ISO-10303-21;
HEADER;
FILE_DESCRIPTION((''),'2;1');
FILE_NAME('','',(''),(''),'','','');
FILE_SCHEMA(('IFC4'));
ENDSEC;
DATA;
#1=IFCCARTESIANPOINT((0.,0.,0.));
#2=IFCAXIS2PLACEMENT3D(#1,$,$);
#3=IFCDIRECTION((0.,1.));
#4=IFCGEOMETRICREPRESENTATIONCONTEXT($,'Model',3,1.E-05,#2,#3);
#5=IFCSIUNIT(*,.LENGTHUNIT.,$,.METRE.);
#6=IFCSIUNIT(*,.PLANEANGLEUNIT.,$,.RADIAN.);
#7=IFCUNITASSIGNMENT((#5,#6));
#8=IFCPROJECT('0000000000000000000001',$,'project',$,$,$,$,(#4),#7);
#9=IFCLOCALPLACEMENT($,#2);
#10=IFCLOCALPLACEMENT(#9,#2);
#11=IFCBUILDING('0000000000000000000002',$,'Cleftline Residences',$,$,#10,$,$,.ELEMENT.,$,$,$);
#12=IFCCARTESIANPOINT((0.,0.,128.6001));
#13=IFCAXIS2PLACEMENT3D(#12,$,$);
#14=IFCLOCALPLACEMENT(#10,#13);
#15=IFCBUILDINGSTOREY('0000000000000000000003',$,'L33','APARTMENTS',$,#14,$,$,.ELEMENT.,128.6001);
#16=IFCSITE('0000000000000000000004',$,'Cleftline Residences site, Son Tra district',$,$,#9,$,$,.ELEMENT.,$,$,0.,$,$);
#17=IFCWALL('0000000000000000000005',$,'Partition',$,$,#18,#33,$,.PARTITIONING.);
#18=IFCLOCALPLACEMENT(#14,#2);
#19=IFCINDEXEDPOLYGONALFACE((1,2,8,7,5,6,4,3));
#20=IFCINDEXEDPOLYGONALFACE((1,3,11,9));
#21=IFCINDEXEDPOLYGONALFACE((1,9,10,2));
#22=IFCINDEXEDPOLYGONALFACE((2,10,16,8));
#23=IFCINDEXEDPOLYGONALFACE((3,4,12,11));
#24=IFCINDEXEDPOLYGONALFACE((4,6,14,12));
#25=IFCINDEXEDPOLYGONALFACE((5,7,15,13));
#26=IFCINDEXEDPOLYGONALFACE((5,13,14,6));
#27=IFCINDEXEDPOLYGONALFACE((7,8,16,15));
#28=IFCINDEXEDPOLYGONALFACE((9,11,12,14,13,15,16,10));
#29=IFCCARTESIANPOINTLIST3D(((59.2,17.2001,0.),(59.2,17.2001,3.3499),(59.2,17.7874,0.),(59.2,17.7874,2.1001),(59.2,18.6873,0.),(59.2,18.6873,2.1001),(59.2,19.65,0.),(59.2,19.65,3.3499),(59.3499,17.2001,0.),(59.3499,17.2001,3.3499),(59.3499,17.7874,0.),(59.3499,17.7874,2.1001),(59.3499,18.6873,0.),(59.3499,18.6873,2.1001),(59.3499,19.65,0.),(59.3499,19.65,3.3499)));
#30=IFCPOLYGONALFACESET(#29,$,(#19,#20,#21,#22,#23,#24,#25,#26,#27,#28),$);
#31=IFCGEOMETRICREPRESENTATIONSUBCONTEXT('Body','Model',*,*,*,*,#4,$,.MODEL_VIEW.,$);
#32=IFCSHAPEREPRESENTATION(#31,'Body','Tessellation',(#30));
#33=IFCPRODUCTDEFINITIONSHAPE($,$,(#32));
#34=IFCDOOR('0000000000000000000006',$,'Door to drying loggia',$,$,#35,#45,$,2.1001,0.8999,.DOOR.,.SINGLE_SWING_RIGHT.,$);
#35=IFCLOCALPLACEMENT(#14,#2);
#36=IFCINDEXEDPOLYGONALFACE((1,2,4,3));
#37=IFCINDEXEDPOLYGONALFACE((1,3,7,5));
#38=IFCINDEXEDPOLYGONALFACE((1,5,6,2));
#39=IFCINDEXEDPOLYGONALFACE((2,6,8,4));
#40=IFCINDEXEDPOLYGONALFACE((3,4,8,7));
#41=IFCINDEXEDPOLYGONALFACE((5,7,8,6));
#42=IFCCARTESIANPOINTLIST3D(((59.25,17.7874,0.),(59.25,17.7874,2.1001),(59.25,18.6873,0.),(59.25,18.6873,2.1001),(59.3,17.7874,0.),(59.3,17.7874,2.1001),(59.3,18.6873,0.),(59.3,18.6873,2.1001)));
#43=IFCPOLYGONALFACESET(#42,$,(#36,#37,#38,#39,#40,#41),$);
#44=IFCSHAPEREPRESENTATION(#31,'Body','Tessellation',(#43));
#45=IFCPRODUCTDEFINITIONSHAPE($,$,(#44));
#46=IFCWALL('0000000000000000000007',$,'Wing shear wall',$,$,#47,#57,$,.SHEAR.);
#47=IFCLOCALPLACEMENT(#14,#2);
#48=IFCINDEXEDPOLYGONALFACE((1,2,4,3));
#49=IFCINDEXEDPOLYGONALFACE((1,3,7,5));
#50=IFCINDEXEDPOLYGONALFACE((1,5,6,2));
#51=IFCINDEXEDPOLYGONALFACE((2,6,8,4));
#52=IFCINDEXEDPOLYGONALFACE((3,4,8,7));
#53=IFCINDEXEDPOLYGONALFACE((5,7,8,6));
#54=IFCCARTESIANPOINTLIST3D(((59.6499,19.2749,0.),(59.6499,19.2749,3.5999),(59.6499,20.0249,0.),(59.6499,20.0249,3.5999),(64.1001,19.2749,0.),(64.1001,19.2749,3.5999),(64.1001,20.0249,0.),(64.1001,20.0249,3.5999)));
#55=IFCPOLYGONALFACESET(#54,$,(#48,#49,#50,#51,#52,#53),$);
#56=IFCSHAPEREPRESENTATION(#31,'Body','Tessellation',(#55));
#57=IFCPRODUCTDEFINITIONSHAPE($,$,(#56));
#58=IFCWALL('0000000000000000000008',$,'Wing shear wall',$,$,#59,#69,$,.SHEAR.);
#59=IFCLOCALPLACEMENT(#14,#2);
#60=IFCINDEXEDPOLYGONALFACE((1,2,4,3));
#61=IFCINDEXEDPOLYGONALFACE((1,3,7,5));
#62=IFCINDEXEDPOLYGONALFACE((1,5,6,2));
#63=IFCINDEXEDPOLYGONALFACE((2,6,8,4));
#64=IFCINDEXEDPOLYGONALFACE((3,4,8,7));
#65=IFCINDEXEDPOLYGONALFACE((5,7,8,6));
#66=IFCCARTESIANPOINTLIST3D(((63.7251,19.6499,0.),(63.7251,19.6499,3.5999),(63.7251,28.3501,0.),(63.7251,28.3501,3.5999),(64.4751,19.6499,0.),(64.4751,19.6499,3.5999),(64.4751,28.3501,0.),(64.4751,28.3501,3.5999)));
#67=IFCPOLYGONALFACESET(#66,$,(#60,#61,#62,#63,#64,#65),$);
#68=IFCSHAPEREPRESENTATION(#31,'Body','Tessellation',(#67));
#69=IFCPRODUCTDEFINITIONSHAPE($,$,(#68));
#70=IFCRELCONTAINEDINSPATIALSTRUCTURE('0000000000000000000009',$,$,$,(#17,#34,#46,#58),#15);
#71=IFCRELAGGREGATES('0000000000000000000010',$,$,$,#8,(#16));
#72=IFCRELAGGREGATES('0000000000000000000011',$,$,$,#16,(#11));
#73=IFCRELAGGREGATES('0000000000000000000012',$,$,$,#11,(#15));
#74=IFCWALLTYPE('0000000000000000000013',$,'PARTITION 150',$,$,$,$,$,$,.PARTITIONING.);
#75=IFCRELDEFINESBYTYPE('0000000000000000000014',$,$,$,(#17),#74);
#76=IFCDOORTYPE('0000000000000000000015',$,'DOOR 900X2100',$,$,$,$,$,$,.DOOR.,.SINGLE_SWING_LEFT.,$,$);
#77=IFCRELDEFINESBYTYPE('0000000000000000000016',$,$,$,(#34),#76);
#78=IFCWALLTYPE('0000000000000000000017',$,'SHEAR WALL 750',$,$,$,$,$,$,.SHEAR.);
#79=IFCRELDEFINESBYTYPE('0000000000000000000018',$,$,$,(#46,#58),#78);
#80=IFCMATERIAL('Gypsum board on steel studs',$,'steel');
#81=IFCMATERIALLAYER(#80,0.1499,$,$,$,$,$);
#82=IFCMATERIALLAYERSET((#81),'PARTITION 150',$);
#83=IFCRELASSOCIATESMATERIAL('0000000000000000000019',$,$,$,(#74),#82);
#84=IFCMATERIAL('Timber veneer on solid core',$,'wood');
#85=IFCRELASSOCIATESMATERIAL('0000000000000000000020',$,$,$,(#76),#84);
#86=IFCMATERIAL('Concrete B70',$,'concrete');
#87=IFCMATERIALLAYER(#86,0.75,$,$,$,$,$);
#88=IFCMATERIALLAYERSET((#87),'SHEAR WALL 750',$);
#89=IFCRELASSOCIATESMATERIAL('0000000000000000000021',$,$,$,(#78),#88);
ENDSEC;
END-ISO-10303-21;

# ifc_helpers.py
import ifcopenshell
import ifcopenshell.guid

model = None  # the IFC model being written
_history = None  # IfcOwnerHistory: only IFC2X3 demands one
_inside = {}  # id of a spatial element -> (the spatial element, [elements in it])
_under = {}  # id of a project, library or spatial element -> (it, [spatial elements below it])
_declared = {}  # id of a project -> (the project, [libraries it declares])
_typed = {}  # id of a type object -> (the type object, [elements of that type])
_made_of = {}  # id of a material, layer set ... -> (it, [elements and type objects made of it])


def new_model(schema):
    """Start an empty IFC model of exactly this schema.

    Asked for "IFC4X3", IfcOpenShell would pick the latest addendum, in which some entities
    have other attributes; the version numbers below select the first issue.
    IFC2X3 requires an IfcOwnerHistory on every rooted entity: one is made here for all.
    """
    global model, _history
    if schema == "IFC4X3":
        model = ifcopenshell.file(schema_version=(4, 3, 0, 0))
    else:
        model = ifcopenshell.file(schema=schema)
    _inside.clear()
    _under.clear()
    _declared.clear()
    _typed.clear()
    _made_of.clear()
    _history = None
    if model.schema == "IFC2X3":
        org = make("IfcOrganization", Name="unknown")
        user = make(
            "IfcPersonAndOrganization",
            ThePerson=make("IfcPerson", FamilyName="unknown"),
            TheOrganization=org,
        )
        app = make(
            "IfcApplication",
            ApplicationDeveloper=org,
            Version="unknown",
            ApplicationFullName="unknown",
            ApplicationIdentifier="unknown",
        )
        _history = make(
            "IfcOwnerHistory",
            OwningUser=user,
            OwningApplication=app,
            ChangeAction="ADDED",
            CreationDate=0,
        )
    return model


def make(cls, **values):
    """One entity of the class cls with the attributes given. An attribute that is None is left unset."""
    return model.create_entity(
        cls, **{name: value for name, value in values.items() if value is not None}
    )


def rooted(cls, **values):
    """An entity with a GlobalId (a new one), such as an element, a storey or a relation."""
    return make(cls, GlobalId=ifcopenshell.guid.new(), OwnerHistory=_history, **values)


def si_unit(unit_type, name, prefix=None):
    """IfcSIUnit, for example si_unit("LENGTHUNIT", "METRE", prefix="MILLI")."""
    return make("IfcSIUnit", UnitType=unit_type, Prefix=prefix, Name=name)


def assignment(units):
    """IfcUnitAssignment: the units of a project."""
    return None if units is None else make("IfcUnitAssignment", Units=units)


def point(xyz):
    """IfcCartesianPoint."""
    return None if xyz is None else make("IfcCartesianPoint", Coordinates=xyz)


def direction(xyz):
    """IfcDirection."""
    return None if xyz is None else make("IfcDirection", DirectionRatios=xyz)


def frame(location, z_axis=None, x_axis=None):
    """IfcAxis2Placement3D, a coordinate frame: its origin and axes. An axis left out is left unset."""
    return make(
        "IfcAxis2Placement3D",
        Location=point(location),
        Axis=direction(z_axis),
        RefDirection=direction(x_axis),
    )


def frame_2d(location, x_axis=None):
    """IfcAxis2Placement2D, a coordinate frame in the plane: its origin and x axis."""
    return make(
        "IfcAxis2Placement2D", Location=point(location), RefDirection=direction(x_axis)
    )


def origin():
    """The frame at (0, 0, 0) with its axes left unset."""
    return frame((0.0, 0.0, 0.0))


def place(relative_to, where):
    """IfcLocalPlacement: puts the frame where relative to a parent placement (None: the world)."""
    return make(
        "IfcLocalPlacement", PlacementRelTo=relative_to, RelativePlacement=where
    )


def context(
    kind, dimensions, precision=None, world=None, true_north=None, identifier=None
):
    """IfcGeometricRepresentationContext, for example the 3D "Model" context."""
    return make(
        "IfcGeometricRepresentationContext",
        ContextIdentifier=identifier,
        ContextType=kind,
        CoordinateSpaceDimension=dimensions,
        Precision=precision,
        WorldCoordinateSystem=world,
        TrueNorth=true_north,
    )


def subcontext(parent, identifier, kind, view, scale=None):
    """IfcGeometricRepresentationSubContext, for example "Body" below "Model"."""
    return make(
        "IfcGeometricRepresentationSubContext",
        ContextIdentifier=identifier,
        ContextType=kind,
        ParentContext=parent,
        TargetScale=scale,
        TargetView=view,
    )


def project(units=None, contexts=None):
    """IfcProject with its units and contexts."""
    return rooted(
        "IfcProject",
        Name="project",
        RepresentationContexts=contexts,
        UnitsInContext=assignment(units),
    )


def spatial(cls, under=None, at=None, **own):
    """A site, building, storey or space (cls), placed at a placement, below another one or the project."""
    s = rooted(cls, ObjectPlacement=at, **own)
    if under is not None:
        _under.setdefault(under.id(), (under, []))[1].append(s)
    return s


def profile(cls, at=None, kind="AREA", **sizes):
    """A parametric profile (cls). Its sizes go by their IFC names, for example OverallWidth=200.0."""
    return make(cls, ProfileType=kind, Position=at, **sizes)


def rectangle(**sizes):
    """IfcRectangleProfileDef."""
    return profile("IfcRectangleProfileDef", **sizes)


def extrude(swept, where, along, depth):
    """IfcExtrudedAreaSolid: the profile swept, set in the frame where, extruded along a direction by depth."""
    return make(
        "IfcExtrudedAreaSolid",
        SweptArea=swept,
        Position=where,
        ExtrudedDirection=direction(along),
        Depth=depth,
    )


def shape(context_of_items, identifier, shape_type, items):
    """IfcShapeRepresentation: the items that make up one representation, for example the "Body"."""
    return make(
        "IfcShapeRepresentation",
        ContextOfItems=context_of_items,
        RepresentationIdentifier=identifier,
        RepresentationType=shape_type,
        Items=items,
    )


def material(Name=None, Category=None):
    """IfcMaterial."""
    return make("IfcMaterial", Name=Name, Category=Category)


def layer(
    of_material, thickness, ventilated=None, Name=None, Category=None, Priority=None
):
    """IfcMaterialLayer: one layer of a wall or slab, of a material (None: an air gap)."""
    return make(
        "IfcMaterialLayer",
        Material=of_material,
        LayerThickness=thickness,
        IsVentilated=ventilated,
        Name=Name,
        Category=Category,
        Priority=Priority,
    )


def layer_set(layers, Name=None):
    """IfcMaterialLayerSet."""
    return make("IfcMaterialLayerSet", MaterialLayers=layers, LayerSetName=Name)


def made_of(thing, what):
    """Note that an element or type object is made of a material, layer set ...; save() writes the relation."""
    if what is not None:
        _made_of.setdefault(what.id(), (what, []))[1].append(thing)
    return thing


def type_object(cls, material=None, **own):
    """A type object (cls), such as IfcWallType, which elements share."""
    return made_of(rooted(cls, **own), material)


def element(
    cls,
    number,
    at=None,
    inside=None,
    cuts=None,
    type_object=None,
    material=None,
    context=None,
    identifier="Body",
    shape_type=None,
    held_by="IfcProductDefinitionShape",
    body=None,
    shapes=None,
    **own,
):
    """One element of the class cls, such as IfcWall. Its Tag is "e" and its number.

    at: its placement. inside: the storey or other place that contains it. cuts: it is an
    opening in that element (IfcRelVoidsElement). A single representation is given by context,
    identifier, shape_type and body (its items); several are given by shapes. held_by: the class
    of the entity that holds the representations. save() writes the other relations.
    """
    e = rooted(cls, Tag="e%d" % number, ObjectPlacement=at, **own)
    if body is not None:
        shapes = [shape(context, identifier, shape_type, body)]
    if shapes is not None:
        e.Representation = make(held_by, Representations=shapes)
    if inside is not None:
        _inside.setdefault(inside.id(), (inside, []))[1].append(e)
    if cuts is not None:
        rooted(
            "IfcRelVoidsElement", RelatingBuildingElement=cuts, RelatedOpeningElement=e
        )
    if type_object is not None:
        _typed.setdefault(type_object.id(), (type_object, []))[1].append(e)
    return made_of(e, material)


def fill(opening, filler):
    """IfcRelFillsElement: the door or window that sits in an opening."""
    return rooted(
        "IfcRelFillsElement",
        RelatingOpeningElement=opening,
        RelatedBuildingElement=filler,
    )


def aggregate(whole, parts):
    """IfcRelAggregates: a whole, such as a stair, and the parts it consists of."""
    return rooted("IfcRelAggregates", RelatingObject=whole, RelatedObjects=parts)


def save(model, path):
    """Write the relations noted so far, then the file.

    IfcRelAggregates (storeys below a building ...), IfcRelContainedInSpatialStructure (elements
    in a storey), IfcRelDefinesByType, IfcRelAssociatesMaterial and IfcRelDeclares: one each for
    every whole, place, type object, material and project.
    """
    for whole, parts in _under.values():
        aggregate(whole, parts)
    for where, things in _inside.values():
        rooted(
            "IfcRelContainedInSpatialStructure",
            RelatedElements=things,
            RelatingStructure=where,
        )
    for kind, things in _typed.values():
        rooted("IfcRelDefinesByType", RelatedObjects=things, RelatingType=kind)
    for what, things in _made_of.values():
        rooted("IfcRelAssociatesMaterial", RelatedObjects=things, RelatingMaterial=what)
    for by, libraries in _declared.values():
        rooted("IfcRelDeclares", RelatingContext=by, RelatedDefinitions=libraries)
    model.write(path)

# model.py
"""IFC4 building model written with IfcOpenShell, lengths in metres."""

from ifc_helpers import new_model, si_unit, direction, frame, frame_2d, origin, place, context, subcontext, project, spatial, rectangle, extrude, material, layer, layer_set, type_object, element, fill, save


model = new_model("IFC4")

# Units and contexts
model_context = context("Model", 3, precision=1e-05, world=origin(), true_north=direction((0.0, 1.0)))
body_context = subcontext(model_context, "Body", "Model", "MODEL_VIEW")
ifc_project = project(units=[si_unit("LENGTHUNIT", "METRE"), si_unit("PLANEANGLEUNIT", "RADIAN")], contexts=[model_context])

# Site, building, storey
site_placement = place(None, origin())
site = spatial("IfcSite", under=ifc_project, at=site_placement, Name="Cleftline Residences site, Son Tra district", CompositionType="ELEMENT", RefElevation=0.0)
building_placement = place(site_placement, origin())
building = spatial("IfcBuilding", under=site, at=building_placement, Name="Cleftline Residences", CompositionType="ELEMENT")
storey_placement = place(building_placement, frame((0.0, 0.0, 128.6001)))
storey = spatial("IfcBuildingStorey", under=building, at=storey_placement, Name="L33", Description="APARTMENTS", CompositionType="ELEMENT", Elevation=128.6001)

# Shared definitions
ifc_material_1 = material(Name="Gypsum board on steel studs", Category="steel")
ifc_layer_1 = layer(ifc_material_1, 0.1499)
ifc_layer_set_1 = layer_set([ifc_layer_1], Name="PARTITION 150")
wall_type_1 = type_object("IfcWallType", Name="PARTITION 150", PredefinedType="PARTITIONING", material=ifc_layer_set_1)

# Wall, opening, door
wall_1_placement = place(storey_placement, frame((59.2749, 17.2, 0.0), z_axis=(0.0, 0.0, 1.0), x_axis=(0.0, 1.0, 0.0)))
wall_1 = element("IfcWall", 1, at=wall_1_placement, inside=storey, type_object=wall_type_1, Name="Partition", PredefinedType="PARTITIONING", context=body_context, shape_type="SweptSolid", body=[
    extrude(rectangle(XDim=2.45, YDim=0.1499, at=frame_2d((1.2251, 0.0))), origin(), (0.0, 0.0, 1.0), 3.3499),
])
opening_1_placement = place(wall_1_placement, frame((0.5874, 0.0, 0.0)))
opening_1 = element("IfcOpeningElement", 2, at=opening_1_placement, cuts=wall_1, PredefinedType="OPENING", context=body_context, shape_type="SweptSolid", body=[
    extrude(rectangle(XDim=0.8999, YDim=2.1001, at=frame_2d((0.45, 1.05))), frame((0.0, 0.085, 0.0), z_axis=(0.0, -1.0, 0.0), x_axis=(1.0, 0.0, 0.0)), (0.0, 0.0, 1.0), 0.1699),
])
ifc_material_2 = material(Name="Timber veneer on solid core", Category="wood")
door_type_1 = type_object("IfcDoorType", Name="DOOR 900X2100", OperationType="SINGLE_SWING_LEFT", PredefinedType="DOOR", material=ifc_material_2)
door_1_placement = place(opening_1_placement, origin())
door_1 = element("IfcDoor", 3, at=door_1_placement, inside=storey, type_object=door_type_1, Name="Door to drying loggia", OperationType="SINGLE_SWING_RIGHT", OverallHeight=2.1001, OverallWidth=0.8999, PredefinedType="DOOR", context=body_context, shape_type="SweptSolid", body=[
    extrude(rectangle(XDim=0.8999, YDim=2.1001, at=frame_2d((0.45, 1.05))), frame((0.0, 0.0249, 0.0), z_axis=(0.0, -1.0, 0.0), x_axis=(1.0, 0.0, 0.0)), (0.0, 0.0, 1.0), 0.05),
])
fill(opening_1, door_1)

# Walls
ifc_material_3 = material(Name="Concrete B70", Category="concrete")
ifc_layer_2 = layer(ifc_material_3, 0.75)
ifc_layer_set_2 = layer_set([ifc_layer_2], Name="SHEAR WALL 750")
wall_type_2 = type_object("IfcWallType", Name="SHEAR WALL 750", PredefinedType="SHEAR", material=ifc_layer_set_2)
wall_2_placement = place(storey_placement, frame((59.6499, 19.6499, 0.0), z_axis=(0.0, 0.0, 1.0), x_axis=(1.0, 0.0, 0.0)))
element("IfcWall", 4, at=wall_2_placement, inside=storey, type_object=wall_type_2, Name="Wing shear wall", PredefinedType="SHEAR", context=body_context, shape_type="SweptSolid", body=[
    extrude(rectangle(XDim=4.4502, YDim=0.75, at=frame_2d((2.2251, 0.0))), origin(), (0.0, 0.0, 1.0), 3.5999),
])
wall_3_placement = place(storey_placement, frame((64.1001, 19.6499, 0.0), z_axis=(0.0, 0.0, 1.0), x_axis=(0.0, 1.0, 0.0)))
element("IfcWall", 5, at=wall_3_placement, inside=storey, type_object=wall_type_2, Name="Wing shear wall", PredefinedType="SHEAR", context=body_context, shape_type="SweptSolid", body=[
    extrude(rectangle(XDim=8.7002, YDim=0.75, at=frame_2d((4.3501, 0.0))), origin(), (0.0, 0.0, 1.0), 3.5999),
])

save(model, "model.ifc")
